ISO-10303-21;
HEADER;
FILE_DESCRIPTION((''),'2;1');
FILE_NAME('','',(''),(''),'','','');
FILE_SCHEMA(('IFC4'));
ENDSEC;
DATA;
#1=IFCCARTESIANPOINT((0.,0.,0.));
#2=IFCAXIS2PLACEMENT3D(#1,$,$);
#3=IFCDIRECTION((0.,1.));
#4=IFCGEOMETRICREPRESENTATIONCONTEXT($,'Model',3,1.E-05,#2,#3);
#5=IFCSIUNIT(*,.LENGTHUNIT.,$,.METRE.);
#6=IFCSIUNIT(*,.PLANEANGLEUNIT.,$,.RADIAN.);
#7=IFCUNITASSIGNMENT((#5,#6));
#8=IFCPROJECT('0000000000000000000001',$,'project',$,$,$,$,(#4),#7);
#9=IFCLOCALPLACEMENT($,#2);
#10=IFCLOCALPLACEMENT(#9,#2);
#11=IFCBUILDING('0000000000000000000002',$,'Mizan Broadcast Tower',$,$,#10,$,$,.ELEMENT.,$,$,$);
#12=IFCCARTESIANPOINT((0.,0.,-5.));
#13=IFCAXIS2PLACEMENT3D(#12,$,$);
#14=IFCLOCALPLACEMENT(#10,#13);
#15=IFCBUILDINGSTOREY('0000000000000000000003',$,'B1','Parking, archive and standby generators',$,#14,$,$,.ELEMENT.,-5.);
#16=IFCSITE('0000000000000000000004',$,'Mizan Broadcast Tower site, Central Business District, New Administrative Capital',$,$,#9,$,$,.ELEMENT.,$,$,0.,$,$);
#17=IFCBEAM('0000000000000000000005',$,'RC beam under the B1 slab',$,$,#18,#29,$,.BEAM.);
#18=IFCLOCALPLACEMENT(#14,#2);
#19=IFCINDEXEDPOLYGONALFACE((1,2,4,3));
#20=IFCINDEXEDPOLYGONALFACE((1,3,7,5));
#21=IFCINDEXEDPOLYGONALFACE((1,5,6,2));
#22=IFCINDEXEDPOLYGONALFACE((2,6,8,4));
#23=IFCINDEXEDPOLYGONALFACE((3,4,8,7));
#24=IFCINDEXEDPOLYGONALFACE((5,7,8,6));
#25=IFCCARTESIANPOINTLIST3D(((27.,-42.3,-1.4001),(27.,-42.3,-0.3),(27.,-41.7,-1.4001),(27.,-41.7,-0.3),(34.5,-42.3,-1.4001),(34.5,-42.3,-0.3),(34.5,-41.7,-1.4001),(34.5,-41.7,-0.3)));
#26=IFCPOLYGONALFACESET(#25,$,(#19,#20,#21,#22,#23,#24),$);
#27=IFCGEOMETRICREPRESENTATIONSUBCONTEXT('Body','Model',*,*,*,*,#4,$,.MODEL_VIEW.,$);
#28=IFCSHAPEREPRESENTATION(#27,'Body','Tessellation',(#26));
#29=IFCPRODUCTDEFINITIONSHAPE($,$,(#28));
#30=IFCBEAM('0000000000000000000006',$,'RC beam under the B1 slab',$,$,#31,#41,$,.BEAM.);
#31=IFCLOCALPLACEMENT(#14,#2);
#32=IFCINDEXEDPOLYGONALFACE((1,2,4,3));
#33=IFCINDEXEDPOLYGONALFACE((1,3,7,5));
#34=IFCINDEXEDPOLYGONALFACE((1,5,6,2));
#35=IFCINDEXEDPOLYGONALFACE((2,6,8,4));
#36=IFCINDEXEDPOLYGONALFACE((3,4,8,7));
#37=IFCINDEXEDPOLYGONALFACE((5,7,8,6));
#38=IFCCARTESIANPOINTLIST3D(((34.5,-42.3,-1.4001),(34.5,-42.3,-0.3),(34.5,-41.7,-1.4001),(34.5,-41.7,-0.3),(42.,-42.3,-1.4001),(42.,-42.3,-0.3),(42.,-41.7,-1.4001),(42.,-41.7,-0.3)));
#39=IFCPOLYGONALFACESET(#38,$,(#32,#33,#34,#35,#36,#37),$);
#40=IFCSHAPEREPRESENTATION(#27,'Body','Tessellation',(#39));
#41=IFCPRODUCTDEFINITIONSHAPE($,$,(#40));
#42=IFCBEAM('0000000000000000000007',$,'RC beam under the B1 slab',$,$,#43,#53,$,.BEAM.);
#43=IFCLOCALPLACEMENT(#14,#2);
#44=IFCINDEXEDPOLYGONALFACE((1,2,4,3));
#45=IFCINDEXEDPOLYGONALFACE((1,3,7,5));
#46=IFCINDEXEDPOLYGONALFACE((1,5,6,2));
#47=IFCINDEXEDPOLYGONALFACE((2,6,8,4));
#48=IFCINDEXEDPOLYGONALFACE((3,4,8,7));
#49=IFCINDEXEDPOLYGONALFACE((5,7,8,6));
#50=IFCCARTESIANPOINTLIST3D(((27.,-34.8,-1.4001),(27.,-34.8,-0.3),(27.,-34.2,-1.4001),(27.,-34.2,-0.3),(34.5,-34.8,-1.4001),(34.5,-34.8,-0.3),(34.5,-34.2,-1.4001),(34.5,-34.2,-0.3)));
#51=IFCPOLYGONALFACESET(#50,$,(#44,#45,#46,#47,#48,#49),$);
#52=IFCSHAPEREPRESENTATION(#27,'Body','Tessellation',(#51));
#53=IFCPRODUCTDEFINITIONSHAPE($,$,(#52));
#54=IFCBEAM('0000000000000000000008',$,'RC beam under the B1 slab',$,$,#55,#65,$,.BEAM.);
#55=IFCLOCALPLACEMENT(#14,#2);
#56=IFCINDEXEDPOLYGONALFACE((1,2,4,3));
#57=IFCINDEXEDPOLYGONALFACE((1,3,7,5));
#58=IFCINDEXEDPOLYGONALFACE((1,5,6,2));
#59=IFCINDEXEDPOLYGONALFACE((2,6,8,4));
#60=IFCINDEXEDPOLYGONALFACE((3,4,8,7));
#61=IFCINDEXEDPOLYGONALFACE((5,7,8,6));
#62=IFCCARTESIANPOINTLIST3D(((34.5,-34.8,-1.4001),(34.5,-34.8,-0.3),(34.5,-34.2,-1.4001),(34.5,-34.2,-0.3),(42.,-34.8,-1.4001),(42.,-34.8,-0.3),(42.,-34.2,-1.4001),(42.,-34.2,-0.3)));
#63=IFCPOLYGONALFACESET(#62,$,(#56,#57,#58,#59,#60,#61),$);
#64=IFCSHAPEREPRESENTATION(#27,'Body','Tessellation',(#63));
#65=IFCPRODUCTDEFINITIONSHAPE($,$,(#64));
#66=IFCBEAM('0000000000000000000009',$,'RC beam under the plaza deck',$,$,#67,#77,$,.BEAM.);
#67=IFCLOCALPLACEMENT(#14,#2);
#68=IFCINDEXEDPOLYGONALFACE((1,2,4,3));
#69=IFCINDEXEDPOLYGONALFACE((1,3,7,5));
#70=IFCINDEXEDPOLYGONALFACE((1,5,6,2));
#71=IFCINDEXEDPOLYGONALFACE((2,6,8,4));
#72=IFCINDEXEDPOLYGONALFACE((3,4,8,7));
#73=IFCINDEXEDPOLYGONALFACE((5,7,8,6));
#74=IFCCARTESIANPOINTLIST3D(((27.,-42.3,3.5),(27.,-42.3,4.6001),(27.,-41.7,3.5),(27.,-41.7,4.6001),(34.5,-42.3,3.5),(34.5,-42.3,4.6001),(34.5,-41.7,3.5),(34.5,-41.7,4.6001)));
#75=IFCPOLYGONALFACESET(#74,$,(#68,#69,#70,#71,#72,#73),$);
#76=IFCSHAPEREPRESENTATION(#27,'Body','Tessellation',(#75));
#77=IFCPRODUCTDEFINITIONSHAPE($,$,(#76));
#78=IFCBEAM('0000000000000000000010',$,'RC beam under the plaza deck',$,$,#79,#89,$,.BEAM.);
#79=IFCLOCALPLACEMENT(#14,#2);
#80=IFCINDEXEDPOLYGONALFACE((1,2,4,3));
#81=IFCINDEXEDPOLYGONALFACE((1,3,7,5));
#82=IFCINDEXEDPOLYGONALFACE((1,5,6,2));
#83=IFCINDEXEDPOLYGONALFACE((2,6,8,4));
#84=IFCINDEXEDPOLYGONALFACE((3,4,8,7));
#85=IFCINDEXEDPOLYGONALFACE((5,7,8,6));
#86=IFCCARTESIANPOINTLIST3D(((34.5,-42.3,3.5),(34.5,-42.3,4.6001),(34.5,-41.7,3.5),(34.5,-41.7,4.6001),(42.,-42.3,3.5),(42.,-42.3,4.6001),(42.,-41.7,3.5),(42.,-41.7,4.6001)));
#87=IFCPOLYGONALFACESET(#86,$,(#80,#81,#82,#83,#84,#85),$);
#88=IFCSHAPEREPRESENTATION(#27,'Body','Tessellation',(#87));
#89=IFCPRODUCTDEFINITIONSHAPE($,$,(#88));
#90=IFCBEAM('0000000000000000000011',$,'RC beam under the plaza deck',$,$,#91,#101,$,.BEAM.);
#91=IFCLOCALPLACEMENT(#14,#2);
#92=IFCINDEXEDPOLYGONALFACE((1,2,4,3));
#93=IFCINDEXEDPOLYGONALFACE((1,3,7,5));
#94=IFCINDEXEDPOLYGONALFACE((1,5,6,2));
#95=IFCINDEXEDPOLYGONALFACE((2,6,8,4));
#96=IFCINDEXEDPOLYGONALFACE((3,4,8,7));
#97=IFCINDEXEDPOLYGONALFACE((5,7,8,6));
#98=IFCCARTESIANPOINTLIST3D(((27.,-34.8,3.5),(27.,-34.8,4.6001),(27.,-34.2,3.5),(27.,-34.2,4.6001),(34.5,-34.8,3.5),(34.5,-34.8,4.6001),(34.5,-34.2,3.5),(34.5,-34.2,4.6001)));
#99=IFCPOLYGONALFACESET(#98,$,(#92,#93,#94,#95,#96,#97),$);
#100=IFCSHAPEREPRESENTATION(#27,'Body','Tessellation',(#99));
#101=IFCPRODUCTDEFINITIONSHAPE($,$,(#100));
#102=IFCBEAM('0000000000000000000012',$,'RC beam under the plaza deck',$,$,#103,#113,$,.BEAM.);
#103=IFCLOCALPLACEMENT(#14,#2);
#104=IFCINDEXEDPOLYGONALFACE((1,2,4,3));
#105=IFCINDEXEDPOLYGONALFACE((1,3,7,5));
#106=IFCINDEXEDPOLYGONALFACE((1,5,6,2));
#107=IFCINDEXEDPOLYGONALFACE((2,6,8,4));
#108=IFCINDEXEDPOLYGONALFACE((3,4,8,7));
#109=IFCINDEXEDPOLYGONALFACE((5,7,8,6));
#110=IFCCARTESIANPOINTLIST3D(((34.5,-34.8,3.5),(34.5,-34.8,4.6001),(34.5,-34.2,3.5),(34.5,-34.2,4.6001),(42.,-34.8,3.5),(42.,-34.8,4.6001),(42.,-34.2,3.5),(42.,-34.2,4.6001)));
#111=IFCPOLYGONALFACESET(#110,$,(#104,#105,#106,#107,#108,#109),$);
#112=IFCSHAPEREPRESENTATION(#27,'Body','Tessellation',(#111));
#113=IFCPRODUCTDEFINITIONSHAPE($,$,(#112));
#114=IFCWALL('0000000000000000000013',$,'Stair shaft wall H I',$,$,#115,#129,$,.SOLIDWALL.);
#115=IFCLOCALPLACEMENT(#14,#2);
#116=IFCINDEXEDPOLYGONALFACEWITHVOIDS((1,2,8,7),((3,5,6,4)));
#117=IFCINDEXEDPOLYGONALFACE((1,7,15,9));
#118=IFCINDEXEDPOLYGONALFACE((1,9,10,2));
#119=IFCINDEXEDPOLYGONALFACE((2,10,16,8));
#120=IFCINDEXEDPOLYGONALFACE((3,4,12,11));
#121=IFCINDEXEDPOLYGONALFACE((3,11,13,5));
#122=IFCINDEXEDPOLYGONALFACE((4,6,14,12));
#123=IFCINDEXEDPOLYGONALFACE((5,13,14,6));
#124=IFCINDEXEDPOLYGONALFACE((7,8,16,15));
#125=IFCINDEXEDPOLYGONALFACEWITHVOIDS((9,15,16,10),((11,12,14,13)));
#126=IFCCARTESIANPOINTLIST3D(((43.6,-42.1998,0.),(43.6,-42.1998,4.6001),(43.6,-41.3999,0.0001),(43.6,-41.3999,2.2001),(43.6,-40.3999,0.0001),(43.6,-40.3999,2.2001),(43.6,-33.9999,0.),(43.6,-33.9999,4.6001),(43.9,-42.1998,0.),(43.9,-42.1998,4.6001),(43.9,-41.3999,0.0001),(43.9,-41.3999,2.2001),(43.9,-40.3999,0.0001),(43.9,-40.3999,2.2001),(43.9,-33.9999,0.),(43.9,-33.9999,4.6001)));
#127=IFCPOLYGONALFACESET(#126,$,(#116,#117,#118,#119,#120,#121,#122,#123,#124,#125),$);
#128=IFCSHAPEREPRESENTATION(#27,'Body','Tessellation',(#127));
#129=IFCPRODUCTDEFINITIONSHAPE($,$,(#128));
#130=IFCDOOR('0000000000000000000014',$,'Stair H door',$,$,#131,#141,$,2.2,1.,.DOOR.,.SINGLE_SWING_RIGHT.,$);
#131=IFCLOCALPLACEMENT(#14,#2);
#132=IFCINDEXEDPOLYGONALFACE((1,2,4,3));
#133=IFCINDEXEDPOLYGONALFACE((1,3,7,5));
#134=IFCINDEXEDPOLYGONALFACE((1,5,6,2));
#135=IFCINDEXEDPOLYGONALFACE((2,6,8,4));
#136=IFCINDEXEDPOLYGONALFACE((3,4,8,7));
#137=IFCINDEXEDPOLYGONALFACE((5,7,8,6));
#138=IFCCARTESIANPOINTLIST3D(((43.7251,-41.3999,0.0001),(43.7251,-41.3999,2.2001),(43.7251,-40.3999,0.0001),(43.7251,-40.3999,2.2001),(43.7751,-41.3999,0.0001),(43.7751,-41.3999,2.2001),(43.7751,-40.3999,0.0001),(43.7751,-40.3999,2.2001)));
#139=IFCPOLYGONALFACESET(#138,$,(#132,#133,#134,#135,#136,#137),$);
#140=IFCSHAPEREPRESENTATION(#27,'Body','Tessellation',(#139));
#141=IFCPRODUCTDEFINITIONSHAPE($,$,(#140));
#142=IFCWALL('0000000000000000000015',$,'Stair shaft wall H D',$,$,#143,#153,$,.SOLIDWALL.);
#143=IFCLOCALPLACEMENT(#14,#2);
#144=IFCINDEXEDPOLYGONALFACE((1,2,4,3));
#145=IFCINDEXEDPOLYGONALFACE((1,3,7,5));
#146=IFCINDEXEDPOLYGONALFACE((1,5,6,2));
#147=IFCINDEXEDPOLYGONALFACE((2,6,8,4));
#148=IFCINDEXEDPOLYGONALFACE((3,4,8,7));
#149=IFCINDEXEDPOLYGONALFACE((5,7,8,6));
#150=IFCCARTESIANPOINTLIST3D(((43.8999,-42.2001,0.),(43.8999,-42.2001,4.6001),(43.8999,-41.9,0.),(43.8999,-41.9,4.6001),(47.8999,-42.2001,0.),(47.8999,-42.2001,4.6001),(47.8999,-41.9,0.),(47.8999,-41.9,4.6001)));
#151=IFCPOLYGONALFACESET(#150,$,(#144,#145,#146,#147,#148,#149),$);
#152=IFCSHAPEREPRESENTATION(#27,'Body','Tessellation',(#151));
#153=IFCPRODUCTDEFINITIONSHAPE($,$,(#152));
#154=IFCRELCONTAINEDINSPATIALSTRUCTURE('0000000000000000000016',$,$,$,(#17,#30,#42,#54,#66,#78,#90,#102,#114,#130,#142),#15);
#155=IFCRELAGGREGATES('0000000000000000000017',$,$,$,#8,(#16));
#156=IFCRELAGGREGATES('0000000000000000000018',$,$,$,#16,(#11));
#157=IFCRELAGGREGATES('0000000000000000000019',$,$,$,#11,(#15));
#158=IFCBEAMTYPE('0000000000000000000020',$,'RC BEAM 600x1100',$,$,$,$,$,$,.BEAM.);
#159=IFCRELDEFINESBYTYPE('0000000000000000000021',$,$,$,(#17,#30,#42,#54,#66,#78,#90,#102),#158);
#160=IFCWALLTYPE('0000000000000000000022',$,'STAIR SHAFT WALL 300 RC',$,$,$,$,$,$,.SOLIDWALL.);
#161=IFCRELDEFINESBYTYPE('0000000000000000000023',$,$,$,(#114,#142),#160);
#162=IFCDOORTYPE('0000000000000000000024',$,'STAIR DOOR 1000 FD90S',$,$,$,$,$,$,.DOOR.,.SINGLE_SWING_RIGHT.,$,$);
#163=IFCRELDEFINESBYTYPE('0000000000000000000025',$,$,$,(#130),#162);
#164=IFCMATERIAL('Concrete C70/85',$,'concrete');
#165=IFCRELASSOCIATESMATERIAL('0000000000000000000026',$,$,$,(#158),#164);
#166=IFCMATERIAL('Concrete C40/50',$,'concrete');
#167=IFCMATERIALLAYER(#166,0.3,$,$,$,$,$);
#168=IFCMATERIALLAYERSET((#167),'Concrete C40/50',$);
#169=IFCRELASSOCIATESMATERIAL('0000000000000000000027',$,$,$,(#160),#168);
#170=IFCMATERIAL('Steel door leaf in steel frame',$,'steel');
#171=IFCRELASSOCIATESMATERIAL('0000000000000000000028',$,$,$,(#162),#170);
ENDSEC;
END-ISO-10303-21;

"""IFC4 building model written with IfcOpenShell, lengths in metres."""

from ifc_helpers import new_model, si_unit, direction, frame, frame_2d, origin, origin_2d, place, context, subcontext, project, spatial, rectangle, extrude, material, layer, layer_set, material_profile, profile_set, type_object, element, fill, save


model = new_model("IFC4")

# Units and contexts
model_context = context("Model", 3, precision=1e-05, world=origin(), true_north=direction((0.0, 1.0)))
body_context = subcontext(model_context, "Body", "Model", "MODEL_VIEW")
ifc_project = project(units=[si_unit("LENGTHUNIT", "METRE"), si_unit("PLANEANGLEUNIT", "RADIAN")], contexts=[model_context])

# Site, building, storey
site_placement = place(None, origin())
site = spatial("IfcSite", under=ifc_project, at=site_placement, Name="Mizan Broadcast Tower site, Central Business District, New Administrative Capital", CompositionType="ELEMENT", RefElevation=0.0)
building_placement = place(site_placement, origin())
building = spatial("IfcBuilding", under=site, at=building_placement, Name="Mizan Broadcast Tower", CompositionType="ELEMENT")
storey_placement = place(building_placement, frame((0.0, 0.0, -5.0)))
storey = spatial("IfcBuildingStorey", under=building, at=storey_placement, Name="B1", Description="Parking, archive and standby generators", CompositionType="ELEMENT", Elevation=-5.0)

# Beams
ifc_material_1 = material(Name="Concrete C70/85", Category="concrete")
ifc_material_profile_1 = material_profile(ifc_material_1, rectangle(XDim=0.6001, YDim=1.1001, at=origin_2d()), Name="RC 600x1100")
ifc_profile_set_1 = profile_set([ifc_material_profile_1], Name="Concrete C70/85")
beam_type_1 = type_object("IfcBeamType", Name="RC BEAM 600x1100", PredefinedType="BEAM", material=ifc_profile_set_1)
for number, where, z_axis, x_axis, name in (
    (1, (27.0, -42.0, -0.8501), (1.0, 0.0, 0.0), (0.0, 1.0, 0.0), "RC beam under the B1 slab"),
    (2, (34.5, -42.0, -0.8501), (1.0, 0.0, 0.0), (0.0, 1.0, 0.0), "RC beam under the B1 slab"),
    (3, (27.0, -34.5, -0.8501), (1.0, 0.0, 0.0), (0.0, 1.0, 0.0), "RC beam under the B1 slab"),
    (4, (34.5, -34.5, -0.8501), (1.0, 0.0, 0.0), (0.0, 1.0, 0.0), "RC beam under the B1 slab"),
    (5, (27.0, -42.0, 4.05), (1.0, 0.0, 0.0), (0.0, 1.0, 0.0), "RC beam under the plaza deck"),
    (6, (34.5, -42.0, 4.05), (1.0, 0.0, 0.0), (0.0, 1.0, 0.0), "RC beam under the plaza deck"),
    (7, (27.0, -34.5, 4.05), (1.0, 0.0, 0.0), (0.0, 1.0, 0.0), "RC beam under the plaza deck"),
    (8, (34.5, -34.5, 4.05), (1.0, 0.0, 0.0), (0.0, 1.0, 0.0), "RC beam under the plaza deck"),
):
    element("IfcBeam", number, at=place(storey_placement, frame(where, z_axis=z_axis, x_axis=x_axis)), inside=storey, type_object=beam_type_1, Name=name, PredefinedType="BEAM", context=body_context, shape_type="SweptSolid", body=[
        extrude(rectangle(XDim=0.6001, YDim=1.1001, at=origin_2d()), origin(), (0.0, 0.0, 1.0), 7.5),
    ])

# Wall, opening, door
ifc_material_2 = material(Name="Concrete C40/50", Category="concrete")
ifc_layer = layer(ifc_material_2, 0.3)
ifc_layer_set = layer_set([ifc_layer], Name="Concrete C40/50")
wall_type = type_object("IfcWallType", Name="STAIR SHAFT WALL 300 RC", PredefinedType="SOLIDWALL", material=ifc_layer_set)
wall_1_placement = place(storey_placement, frame((43.75, -42.2, 0.0), z_axis=(0.0, 0.0, 1.0), x_axis=(0.0, 1.0, 0.0)))
wall_1 = element("IfcWall", 9, at=wall_1_placement, inside=storey, type_object=wall_type, Name="Stair shaft wall H I", PredefinedType="SOLIDWALL", context=body_context, shape_type="SweptSolid", body=[
    extrude(rectangle(XDim=8.2, YDim=0.3, at=frame_2d((4.1001, 0.0))), origin(), (0.0, 0.0, 1.0), 4.6001),
])
opening_placement = place(wall_1_placement, frame((0.8, 0.0, 0.0)))
opening = element("IfcOpeningElement", 10, at=opening_placement, cuts=wall_1, PredefinedType="OPENING", context=body_context, shape_type="SweptSolid", body=[
    extrude(rectangle(XDim=1.0, YDim=2.2, at=frame_2d((0.5, 1.1001))), frame((0.0, 0.1599, 0.0), z_axis=(0.0, -1.0, 0.0), x_axis=(1.0, 0.0, 0.0)), (0.0, 0.0, 1.0), 0.3201),
])
ifc_material_3 = material(Name="Steel door leaf in steel frame", Category="steel")
door_type = type_object("IfcDoorType", Name="STAIR DOOR 1000 FD90S", OperationType="SINGLE_SWING_RIGHT", PredefinedType="DOOR", material=ifc_material_3)
door_placement = place(opening_placement, origin())
door = element("IfcDoor", 11, at=door_placement, inside=storey, type_object=door_type, Name="Stair H door", OperationType="SINGLE_SWING_RIGHT", OverallHeight=2.2, OverallWidth=1.0, PredefinedType="DOOR", context=body_context, shape_type="SweptSolid", body=[
    extrude(rectangle(XDim=1.0, YDim=2.2, at=frame_2d((0.5, 1.1001))), frame((0.0, 0.0249, 0.0), z_axis=(0.0, -1.0, 0.0), x_axis=(1.0, 0.0, 0.0)), (0.0, 0.0, 1.0), 0.05),
])
fill(opening, door)

# Wall
wall_2_placement = place(storey_placement, frame((43.8999, -42.05, 0.0), z_axis=(0.0, 0.0, 1.0), x_axis=(1.0, 0.0, 0.0)))
element("IfcWall", 12, at=wall_2_placement, inside=storey, type_object=wall_type, Name="Stair shaft wall H D", PredefinedType="SOLIDWALL", context=body_context, shape_type="SweptSolid", body=[
    extrude(rectangle(XDim=4.0, YDim=0.3, at=frame_2d((2.0, 0.0))), origin(), (0.0, 0.0, 1.0), 4.6001),
])

save(model, "model.ifc")
